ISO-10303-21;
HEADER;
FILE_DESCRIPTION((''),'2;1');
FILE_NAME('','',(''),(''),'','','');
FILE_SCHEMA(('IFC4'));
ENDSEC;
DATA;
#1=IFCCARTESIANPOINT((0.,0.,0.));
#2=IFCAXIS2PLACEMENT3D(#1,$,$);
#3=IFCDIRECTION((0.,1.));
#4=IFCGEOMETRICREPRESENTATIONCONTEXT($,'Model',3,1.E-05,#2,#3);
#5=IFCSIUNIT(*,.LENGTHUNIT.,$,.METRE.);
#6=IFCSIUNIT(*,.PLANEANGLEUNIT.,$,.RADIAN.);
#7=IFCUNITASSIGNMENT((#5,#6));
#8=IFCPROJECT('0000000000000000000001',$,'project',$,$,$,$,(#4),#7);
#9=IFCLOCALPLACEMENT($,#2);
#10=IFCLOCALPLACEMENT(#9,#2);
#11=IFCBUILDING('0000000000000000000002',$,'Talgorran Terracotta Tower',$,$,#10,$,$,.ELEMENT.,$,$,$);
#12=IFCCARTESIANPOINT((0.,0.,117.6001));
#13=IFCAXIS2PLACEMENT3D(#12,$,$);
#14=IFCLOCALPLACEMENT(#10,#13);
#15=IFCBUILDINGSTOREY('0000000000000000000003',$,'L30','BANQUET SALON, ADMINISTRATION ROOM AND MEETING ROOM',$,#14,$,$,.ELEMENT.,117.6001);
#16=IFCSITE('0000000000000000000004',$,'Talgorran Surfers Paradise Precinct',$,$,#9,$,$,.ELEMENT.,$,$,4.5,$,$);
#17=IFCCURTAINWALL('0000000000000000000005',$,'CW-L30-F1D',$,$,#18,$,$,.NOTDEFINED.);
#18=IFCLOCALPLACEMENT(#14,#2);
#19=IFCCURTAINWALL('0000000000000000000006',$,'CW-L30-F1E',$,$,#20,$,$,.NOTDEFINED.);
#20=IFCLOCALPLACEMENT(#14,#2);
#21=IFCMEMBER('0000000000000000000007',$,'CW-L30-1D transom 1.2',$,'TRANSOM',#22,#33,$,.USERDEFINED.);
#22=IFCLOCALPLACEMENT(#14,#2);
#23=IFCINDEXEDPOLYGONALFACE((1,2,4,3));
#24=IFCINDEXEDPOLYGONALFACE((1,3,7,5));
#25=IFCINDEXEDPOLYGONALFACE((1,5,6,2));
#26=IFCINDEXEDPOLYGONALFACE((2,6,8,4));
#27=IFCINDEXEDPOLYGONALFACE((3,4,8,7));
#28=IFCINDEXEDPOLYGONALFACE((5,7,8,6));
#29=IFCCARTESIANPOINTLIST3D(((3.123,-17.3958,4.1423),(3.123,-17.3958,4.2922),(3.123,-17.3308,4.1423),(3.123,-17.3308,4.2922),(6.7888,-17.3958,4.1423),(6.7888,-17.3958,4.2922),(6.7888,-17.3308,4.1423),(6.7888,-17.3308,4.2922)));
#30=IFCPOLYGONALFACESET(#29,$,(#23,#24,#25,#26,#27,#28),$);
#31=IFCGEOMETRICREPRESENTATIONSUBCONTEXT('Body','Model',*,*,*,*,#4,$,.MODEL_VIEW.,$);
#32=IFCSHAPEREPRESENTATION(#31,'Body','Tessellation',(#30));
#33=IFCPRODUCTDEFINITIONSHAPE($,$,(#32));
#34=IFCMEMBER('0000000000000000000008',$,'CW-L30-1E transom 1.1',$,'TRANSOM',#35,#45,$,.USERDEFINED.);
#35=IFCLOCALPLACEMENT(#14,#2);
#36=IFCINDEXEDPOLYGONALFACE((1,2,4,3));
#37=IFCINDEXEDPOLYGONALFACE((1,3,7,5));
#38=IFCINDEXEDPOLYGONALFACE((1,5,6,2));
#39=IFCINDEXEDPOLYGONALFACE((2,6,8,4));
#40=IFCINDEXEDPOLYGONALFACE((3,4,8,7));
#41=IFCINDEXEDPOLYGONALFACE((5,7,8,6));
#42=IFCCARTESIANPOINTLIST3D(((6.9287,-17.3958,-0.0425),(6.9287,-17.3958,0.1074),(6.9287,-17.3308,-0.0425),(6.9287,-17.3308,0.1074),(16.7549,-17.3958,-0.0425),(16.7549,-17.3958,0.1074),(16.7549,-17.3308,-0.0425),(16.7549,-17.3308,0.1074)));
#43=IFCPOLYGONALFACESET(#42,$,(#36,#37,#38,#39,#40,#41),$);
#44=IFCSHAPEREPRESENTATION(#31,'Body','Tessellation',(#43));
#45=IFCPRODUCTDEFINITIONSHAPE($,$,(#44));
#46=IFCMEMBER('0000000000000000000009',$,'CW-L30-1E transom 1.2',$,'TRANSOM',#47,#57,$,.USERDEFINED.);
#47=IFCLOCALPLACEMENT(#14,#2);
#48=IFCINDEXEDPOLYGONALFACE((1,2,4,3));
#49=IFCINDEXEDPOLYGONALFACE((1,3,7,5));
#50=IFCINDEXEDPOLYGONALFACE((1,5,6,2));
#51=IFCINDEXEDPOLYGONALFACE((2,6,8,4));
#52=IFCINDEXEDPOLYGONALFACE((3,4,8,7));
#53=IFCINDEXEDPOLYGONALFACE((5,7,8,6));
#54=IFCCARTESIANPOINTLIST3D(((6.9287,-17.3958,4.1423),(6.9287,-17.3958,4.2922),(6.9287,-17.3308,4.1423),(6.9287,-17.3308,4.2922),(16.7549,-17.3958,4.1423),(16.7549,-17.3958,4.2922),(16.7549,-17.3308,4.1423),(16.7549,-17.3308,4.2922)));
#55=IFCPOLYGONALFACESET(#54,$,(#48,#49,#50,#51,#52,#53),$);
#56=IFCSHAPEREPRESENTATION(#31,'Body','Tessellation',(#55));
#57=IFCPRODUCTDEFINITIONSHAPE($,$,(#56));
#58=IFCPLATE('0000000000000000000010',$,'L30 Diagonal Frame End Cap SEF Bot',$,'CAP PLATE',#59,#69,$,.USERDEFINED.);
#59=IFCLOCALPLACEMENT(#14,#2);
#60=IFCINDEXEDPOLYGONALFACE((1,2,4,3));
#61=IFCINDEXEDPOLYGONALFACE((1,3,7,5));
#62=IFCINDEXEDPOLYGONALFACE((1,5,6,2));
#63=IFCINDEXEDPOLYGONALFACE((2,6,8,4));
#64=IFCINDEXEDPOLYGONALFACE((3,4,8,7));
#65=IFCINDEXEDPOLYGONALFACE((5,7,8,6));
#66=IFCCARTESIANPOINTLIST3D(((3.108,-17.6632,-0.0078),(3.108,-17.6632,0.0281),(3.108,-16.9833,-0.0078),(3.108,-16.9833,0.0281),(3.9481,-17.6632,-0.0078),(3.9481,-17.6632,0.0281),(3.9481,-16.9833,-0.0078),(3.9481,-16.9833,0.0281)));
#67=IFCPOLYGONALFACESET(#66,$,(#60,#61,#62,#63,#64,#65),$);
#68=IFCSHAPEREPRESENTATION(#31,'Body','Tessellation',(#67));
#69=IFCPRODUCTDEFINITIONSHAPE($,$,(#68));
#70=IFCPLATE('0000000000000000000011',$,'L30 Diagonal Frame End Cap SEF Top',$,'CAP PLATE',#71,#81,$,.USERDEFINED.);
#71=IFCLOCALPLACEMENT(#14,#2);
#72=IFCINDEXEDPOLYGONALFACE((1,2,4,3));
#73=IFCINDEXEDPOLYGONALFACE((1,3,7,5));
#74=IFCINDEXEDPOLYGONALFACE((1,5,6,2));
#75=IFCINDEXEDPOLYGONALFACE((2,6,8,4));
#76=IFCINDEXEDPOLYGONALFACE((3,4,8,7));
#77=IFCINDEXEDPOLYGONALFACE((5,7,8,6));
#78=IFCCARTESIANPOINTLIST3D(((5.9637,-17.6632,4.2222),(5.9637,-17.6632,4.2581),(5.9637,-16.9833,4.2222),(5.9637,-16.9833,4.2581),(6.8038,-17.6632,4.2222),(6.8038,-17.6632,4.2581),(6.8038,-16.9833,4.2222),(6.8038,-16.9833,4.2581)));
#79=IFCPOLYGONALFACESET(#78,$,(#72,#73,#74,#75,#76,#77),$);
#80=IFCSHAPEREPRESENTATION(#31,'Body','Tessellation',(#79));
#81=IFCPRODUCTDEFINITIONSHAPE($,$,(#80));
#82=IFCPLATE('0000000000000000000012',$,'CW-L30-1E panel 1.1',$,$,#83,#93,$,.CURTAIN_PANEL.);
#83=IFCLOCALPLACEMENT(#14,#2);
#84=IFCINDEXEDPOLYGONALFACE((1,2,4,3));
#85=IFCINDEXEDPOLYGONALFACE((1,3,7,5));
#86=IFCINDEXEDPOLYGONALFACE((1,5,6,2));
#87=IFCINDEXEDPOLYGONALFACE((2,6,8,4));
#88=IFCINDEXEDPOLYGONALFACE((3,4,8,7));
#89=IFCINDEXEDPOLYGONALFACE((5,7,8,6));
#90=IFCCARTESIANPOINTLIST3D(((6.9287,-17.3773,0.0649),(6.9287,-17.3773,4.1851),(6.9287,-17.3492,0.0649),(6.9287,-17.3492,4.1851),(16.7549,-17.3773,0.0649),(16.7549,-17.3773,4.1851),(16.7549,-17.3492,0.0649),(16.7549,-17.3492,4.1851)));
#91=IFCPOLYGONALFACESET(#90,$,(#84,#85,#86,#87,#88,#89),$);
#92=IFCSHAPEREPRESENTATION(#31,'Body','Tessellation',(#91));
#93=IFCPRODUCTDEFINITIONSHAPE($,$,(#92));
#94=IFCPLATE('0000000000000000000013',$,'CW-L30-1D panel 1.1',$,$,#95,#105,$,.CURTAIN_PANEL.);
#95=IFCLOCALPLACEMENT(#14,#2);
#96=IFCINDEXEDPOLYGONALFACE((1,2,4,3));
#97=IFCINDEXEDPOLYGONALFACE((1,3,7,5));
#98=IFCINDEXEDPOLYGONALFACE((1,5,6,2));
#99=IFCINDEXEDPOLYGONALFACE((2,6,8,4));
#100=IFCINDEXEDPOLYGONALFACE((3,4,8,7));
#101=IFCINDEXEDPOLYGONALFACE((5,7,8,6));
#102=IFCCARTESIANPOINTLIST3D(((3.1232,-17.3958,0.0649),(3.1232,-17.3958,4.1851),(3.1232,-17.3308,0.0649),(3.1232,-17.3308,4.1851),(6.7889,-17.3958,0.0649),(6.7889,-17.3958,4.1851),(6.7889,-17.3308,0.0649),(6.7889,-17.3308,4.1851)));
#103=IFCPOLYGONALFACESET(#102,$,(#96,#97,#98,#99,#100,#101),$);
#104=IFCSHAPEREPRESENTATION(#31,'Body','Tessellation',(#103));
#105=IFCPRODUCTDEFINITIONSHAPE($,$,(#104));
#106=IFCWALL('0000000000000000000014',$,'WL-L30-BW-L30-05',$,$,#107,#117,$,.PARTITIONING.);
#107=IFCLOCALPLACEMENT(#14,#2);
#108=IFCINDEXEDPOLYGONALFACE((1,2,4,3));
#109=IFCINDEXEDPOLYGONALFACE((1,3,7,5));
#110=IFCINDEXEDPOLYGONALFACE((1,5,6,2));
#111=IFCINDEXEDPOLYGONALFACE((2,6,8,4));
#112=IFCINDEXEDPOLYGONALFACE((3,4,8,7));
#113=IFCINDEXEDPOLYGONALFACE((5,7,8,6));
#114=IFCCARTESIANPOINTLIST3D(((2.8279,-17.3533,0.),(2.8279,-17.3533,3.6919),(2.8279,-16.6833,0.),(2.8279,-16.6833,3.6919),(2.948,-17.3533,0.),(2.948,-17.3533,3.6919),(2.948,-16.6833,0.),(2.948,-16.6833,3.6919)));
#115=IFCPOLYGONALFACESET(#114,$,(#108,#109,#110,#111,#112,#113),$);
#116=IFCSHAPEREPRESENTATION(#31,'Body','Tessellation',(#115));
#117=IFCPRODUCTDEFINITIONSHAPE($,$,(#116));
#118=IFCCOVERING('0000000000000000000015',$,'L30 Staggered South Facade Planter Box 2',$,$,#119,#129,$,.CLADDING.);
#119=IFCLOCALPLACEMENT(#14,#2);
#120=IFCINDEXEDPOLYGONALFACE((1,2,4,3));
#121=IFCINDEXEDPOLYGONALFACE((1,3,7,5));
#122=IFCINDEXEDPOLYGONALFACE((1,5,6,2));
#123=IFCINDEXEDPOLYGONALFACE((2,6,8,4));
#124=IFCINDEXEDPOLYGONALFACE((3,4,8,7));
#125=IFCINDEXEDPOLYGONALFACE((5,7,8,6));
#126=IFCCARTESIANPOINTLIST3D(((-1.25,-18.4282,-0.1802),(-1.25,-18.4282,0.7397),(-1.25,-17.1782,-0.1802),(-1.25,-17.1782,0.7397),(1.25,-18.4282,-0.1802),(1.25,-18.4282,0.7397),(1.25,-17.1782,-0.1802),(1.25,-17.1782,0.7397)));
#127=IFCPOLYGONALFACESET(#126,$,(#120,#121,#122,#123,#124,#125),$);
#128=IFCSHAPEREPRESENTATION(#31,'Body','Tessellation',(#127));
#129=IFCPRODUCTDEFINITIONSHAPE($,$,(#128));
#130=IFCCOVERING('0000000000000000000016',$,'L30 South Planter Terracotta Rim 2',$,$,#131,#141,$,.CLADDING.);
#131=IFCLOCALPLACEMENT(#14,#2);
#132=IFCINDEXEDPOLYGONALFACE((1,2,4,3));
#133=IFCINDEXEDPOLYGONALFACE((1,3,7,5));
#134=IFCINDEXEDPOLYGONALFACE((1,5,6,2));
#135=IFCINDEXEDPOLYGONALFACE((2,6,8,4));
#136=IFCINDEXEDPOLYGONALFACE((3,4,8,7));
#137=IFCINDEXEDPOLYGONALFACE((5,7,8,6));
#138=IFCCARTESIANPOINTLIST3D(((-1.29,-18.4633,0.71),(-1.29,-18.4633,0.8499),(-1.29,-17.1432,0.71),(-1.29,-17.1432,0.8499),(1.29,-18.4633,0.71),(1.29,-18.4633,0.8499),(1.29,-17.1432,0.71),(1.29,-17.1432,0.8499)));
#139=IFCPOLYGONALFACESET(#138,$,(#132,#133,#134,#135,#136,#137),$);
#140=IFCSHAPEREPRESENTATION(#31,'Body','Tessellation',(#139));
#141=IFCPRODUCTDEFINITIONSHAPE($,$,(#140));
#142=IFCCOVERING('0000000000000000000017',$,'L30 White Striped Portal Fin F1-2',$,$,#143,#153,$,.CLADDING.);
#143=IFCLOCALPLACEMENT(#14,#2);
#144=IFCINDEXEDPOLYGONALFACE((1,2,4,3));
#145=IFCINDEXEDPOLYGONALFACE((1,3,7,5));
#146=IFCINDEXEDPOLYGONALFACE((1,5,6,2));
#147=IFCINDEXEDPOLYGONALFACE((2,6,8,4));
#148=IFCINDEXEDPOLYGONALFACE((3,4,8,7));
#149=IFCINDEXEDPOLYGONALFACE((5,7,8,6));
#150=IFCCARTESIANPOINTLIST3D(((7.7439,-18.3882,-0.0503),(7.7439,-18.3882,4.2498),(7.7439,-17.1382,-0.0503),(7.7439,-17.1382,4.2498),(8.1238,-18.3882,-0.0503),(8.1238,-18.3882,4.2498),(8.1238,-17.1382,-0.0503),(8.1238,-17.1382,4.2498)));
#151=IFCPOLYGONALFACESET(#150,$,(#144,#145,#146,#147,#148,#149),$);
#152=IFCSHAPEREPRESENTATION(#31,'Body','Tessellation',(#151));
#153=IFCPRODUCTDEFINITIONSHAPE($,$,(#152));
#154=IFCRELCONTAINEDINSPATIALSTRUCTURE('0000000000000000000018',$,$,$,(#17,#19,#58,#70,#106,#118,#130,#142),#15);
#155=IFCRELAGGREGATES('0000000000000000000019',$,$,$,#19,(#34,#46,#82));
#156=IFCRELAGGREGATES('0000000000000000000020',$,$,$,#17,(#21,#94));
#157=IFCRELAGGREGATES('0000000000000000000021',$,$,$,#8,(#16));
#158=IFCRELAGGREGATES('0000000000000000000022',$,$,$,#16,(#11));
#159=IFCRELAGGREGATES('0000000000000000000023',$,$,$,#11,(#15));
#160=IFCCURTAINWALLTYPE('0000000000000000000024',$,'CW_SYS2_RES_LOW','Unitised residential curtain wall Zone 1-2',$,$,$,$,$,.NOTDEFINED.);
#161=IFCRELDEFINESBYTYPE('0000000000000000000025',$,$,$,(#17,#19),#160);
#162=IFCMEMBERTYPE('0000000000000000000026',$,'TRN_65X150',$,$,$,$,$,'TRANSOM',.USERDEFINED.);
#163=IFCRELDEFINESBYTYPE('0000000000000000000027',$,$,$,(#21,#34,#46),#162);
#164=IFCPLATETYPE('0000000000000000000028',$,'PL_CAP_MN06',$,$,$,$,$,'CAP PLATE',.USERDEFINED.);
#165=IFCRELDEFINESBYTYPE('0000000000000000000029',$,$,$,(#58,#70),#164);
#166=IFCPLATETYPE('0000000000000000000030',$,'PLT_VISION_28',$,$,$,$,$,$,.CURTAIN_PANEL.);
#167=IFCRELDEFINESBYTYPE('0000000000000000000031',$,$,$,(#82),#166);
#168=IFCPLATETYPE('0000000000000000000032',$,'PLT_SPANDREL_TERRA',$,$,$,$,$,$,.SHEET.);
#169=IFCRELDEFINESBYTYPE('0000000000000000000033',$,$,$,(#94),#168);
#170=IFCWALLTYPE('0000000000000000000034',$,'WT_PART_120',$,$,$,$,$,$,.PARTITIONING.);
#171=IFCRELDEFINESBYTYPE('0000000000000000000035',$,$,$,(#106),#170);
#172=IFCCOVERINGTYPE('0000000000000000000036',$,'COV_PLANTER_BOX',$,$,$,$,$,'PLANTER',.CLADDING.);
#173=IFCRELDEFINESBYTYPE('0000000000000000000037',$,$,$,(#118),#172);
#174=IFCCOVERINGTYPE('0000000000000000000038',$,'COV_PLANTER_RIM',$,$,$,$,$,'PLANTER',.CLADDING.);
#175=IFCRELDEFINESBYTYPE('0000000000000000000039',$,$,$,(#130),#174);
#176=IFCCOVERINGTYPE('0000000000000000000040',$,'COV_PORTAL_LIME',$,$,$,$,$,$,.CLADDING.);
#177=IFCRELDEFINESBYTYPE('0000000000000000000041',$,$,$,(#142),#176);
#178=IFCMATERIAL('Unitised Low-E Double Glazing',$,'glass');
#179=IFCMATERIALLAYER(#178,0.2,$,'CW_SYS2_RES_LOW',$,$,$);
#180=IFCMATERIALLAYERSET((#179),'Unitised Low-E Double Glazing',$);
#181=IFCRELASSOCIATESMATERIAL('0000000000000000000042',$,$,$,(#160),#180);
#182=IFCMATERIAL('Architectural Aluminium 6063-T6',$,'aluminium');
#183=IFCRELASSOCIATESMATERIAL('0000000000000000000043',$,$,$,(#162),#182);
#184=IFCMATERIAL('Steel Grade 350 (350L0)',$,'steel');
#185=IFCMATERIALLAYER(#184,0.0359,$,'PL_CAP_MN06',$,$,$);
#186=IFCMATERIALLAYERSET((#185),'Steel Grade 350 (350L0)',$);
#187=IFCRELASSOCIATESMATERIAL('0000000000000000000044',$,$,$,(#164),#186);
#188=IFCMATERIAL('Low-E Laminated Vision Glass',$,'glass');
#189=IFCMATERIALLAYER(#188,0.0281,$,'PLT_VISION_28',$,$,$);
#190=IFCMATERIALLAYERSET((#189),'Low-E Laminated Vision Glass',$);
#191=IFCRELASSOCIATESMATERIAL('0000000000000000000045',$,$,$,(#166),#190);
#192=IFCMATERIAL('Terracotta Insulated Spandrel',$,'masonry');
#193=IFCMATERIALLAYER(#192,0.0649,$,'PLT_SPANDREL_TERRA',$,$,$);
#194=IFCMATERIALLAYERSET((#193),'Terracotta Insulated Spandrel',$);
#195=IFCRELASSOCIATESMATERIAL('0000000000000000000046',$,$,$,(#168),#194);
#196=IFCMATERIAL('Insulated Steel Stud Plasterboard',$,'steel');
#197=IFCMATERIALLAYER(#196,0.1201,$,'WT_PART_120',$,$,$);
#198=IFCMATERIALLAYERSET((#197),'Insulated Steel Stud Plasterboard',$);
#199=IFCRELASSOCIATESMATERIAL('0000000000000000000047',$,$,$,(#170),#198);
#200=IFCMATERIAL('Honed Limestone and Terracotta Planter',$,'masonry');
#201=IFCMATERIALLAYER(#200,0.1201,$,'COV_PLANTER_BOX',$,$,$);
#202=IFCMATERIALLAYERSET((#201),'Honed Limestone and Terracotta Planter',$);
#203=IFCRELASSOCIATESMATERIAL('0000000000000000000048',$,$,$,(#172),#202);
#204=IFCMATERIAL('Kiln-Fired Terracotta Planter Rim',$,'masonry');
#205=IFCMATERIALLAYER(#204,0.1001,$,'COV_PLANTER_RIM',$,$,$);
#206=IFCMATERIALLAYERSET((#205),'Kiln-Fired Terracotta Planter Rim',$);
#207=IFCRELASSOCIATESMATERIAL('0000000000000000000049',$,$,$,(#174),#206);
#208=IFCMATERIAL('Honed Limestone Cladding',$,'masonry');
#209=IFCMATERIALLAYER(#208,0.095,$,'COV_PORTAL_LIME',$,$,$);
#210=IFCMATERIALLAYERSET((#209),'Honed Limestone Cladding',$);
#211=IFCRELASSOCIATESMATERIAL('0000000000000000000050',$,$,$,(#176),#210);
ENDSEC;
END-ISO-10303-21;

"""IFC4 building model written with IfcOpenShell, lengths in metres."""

from ifc_helpers import new_model, si_unit, direction, frame, frame_2d, origin, origin_2d, place, context, subcontext, project, spatial, rectangle, extrude, source, transform, mapped, material, layer, layer_set, material_profile, profile_set, type_object, type_shapes, element, aggregate, save


model = new_model("IFC4")

# Units and contexts
model_context = context("Model", 3, precision=1e-05, world=origin(), true_north=direction((0.0, 1.0)))
body_context = subcontext(model_context, "Body", "Model", "MODEL_VIEW")
ifc_project = project(units=[si_unit("LENGTHUNIT", "METRE"), si_unit("PLANEANGLEUNIT", "RADIAN")], contexts=[model_context])

# Site, building, storey
site_placement = place(None, origin())
site = spatial("IfcSite", under=ifc_project, at=site_placement, Name="Talgorran Surfers Paradise Precinct", CompositionType="ELEMENT", RefElevation=4.5)
building_placement = place(site_placement, origin())
building = spatial("IfcBuilding", under=site, at=building_placement, Name="Talgorran Terracotta Tower", CompositionType="ELEMENT")
storey_placement = place(building_placement, frame((0.0, 0.0, 117.6001)))
storey = spatial("IfcBuildingStorey", under=building, at=storey_placement, Name="L30", Description="BANQUET SALON, ADMINISTRATION ROOM AND MEETING ROOM", CompositionType="ELEMENT", Elevation=117.6001)

# Shared definitions
ifc_material_1 = material(Name="Steel Grade 350 (350L0)", Category="steel")

# Shared definitions
ifc_material_2 = material(Name="Unitised Low-E Double Glazing", Category="glass")
ifc_layer_1 = layer(ifc_material_2, 0.2, Name="CW_SYS2_RES_LOW")
ifc_layer_set_1 = layer_set([ifc_layer_1], Name="Unitised Low-E Double Glazing")
curtain_wall_type = type_object("IfcCurtainWallType", Name="CW_SYS2_RES_LOW", Description="Unitised residential curtain wall Zone 1-2", PredefinedType="NOTDEFINED", material=ifc_layer_set_1)
ifc_material_3 = material(Name="Architectural Aluminium 6063-T6", Category="aluminium")

# Curtain wall
curtain_wall_1_placement = place(storey_placement, origin())
curtain_wall_1 = element("IfcCurtainWall", 1, at=curtain_wall_1_placement, inside=storey, type_object=curtain_wall_type, Name="CW-L30-F1D", PredefinedType="NOTDEFINED")

# Curtain wall
curtain_wall_2_placement = place(storey_placement, origin())
curtain_wall_2 = element("IfcCurtainWall", 2, at=curtain_wall_2_placement, inside=storey, type_object=curtain_wall_type, Name="CW-L30-F1E", PredefinedType="NOTDEFINED")

# Members
ifc_material_profile_1 = material_profile(ifc_material_3, rectangle(XDim=0.0649, YDim=0.1499, at=origin_2d()), Name="CWT65X150")
ifc_profile_set_1 = profile_set([ifc_material_profile_1], Name="Architectural Aluminium 6063-T6")
member_type_1 = type_object("IfcMemberType", Name="TRN_65X150", ElementType="TRANSOM", PredefinedType="USERDEFINED", material=ifc_profile_set_1)
member_1_placement = place(storey_placement, frame((3.123, -17.3633, 4.2173), z_axis=(1.0, 0.0, 0.0), x_axis=(0.0, 1.0, 0.0)))
member_1 = element("IfcMember", 3, at=member_1_placement, type_object=member_type_1, Name="CW-L30-1D transom 1.2", ObjectType="TRANSOM", PredefinedType="USERDEFINED", context=body_context, shape_type="SweptSolid", body=[
    extrude(rectangle(XDim=0.0649, YDim=0.1499, at=origin_2d()), origin(), (0.0, 0.0, 1.0), 3.6658),
])
member_2_placement = place(storey_placement, frame((6.9287, -17.3633, 0.0325), z_axis=(1.0, 0.0, 0.0), x_axis=(0.0, 1.0, 0.0)))
member_2 = element("IfcMember", 4, at=member_2_placement, type_object=member_type_1, Name="CW-L30-1E transom 1.1", ObjectType="TRANSOM", PredefinedType="USERDEFINED", context=body_context, shape_type="SweptSolid", body=[
    extrude(rectangle(XDim=0.0649, YDim=0.1499, at=origin_2d()), origin(), (0.0, 0.0, 1.0), 9.8262),
])
member_3_placement = place(storey_placement, frame((6.9287, -17.3633, 4.2173), z_axis=(1.0, 0.0, 0.0), x_axis=(0.0, 1.0, 0.0)))
member_3 = element("IfcMember", 5, at=member_3_placement, type_object=member_type_1, Name="CW-L30-1E transom 1.2", ObjectType="TRANSOM", PredefinedType="USERDEFINED", context=body_context, shape_type="SweptSolid", body=[
    extrude(rectangle(XDim=0.0649, YDim=0.1499, at=origin_2d()), origin(), (0.0, 0.0, 1.0), 9.8262),
])

# Plates
ifc_layer_2 = layer(ifc_material_1, 0.0359, Name="PL_CAP_MN06")
ifc_layer_set_2 = layer_set([ifc_layer_2], Name="Steel Grade 350 (350L0)")
plate_type_1 = type_object("IfcPlateType", Name="PL_CAP_MN06", ElementType="CAP PLATE", PredefinedType="USERDEFINED", material=ifc_layer_set_2)
for number, where, z_axis, x_axis, name in (
    (6, (3.5281, -17.3232, -0.0078), (0.0, 0.0, 1.0), (1.0, 0.0, 0.0), "L30 Diagonal Frame End Cap SEF Bot"),
    (7, (6.3838, -17.3232, 4.2222), (0.0, 0.0, 1.0), (1.0, 0.0, 0.0), "L30 Diagonal Frame End Cap SEF Top"),
):
    element("IfcPlate", number, at=place(storey_placement, frame(where, z_axis=z_axis, x_axis=x_axis)), inside=storey, type_object=plate_type_1, Name=name, ObjectType="CAP PLATE", PredefinedType="USERDEFINED", context=body_context, shape_type="SweptSolid", body=[
        extrude(rectangle(XDim=0.8401, YDim=0.6799, at=origin_2d()), origin(), (0.0, 0.0, 1.0), 0.0359),
    ])

# Plates
ifc_material_4 = material(Name="Low-E Laminated Vision Glass", Category="glass")
ifc_layer_3 = layer(ifc_material_4, 0.0281, Name="PLT_VISION_28")
ifc_layer_set_3 = layer_set([ifc_layer_3], Name="Low-E Laminated Vision Glass")
plate_type_2 = type_object("IfcPlateType", Name="PLT_VISION_28", PredefinedType="CURTAIN_PANEL", material=ifc_layer_set_3)
shared_shape_1 = source(origin(), body_context, "Body", "SweptSolid", [
    extrude(rectangle(XDim=9.8262, YDim=0.0281, at=origin_2d()), origin(), (0.0, 0.0, 1.0), 4.1201),
])
type_shapes(plate_type_2, [shared_shape_1])
plate_1_placement = place(storey_placement, frame((11.8418, -17.3633, 0.0649), z_axis=(0.0, 0.0, 1.0), x_axis=(1.0, 0.0, 0.0)))
plate_1 = element("IfcPlate", 8, at=plate_1_placement, type_object=plate_type_2, Name="CW-L30-1E panel 1.1", PredefinedType="CURTAIN_PANEL", context=body_context, shape_type="MappedRepresentation", body=[
    mapped(shared_shape_1, transform((0.0, 0.0, 0.0), scale=1.0)),
])
aggregate(curtain_wall_2, [member_2, member_3, plate_1])
ifc_material_5 = material(Name="Terracotta Insulated Spandrel", Category="masonry")
ifc_layer_4 = layer(ifc_material_5, 0.0649, Name="PLT_SPANDREL_TERRA")
ifc_layer_set_4 = layer_set([ifc_layer_4], Name="Terracotta Insulated Spandrel")
plate_type_3 = type_object("IfcPlateType", Name="PLT_SPANDREL_TERRA", PredefinedType="SHEET", material=ifc_layer_set_4)
shared_shape_2 = source(origin(), body_context, "Body", "SweptSolid", [
    extrude(rectangle(XDim=3.6658, YDim=0.0649, at=origin_2d()), origin(), (0.0, 0.0, 1.0), 4.1201),
])
type_shapes(plate_type_3, [shared_shape_2])
plate_2_placement = place(storey_placement, frame((4.9561, -17.3633, 0.0649), z_axis=(0.0, 0.0, 1.0), x_axis=(1.0, 0.0, 0.0)))
plate_2 = element("IfcPlate", 9, at=plate_2_placement, type_object=plate_type_3, Name="CW-L30-1D panel 1.1", PredefinedType="CURTAIN_PANEL", context=body_context, shape_type="MappedRepresentation", body=[
    mapped(shared_shape_2, transform((0.0, 0.0, 0.0), scale=1.0)),
])
aggregate(curtain_wall_1, [member_1, plate_2])

# Wall
ifc_material_6 = material(Name="Insulated Steel Stud Plasterboard", Category="steel")
ifc_layer_5 = layer(ifc_material_6, 0.1201, Name="WT_PART_120")
ifc_layer_set_5 = layer_set([ifc_layer_5], Name="Insulated Steel Stud Plasterboard")
wall_type = type_object("IfcWallType", Name="WT_PART_120", PredefinedType="PARTITIONING", material=ifc_layer_set_5)
wall_placement = place(storey_placement, frame((2.8879, -17.3533, 0.0), z_axis=(0.0, 0.0, 1.0), x_axis=(0.0, 1.0, 0.0)))
element("IfcWall", 10, at=wall_placement, inside=storey, type_object=wall_type, Name="WL-L30-BW-L30-05", PredefinedType="PARTITIONING", context=body_context, shape_type="SweptSolid", body=[
    extrude(rectangle(XDim=0.6699, YDim=0.1201, at=frame_2d((0.335, 0.0))), origin(), (0.0, 0.0, 1.0), 3.6919),
])

# Coverings
ifc_material_7 = material(Name="Honed Limestone and Terracotta Planter", Category="masonry")
ifc_layer_6 = layer(ifc_material_7, 0.1201, Name="COV_PLANTER_BOX")
ifc_layer_set_6 = layer_set([ifc_layer_6], Name="Honed Limestone and Terracotta Planter")
covering_type_1 = type_object("IfcCoveringType", Name="COV_PLANTER_BOX", ElementType="PLANTER", PredefinedType="CLADDING", material=ifc_layer_set_6)
covering_1_placement = place(storey_placement, frame((0.0, -17.8032, -0.1802), z_axis=(0.0, 0.0, 1.0), x_axis=(1.0, 0.0, 0.0)))
element("IfcCovering", 11, at=covering_1_placement, inside=storey, type_object=covering_type_1, Name="L30 Staggered South Facade Planter Box 2", PredefinedType="CLADDING", context=body_context, shape_type="SweptSolid", body=[
    extrude(rectangle(XDim=2.5, YDim=1.25, at=origin_2d()), origin(), (0.0, 0.0, 1.0), 0.9199),
])
ifc_material_8 = material(Name="Kiln-Fired Terracotta Planter Rim", Category="masonry")
ifc_layer_7 = layer(ifc_material_8, 0.1001, Name="COV_PLANTER_RIM")
ifc_layer_set_7 = layer_set([ifc_layer_7], Name="Kiln-Fired Terracotta Planter Rim")
covering_type_2 = type_object("IfcCoveringType", Name="COV_PLANTER_RIM", ElementType="PLANTER", PredefinedType="CLADDING", material=ifc_layer_set_7)
covering_2_placement = place(storey_placement, frame((0.0, -17.8032, 0.71), z_axis=(0.0, 0.0, 1.0), x_axis=(1.0, 0.0, 0.0)))
element("IfcCovering", 12, at=covering_2_placement, inside=storey, type_object=covering_type_2, Name="L30 South Planter Terracotta Rim 2", PredefinedType="CLADDING", context=body_context, shape_type="SweptSolid", body=[
    extrude(rectangle(XDim=2.5801, YDim=1.3201, at=origin_2d()), origin(), (0.0, 0.0, 1.0), 0.1399),
])
ifc_material_9 = material(Name="Honed Limestone Cladding", Category="masonry")
ifc_layer_8 = layer(ifc_material_9, 0.095, Name="COV_PORTAL_LIME")
ifc_layer_set_8 = layer_set([ifc_layer_8], Name="Honed Limestone Cladding")
covering_type_3 = type_object("IfcCoveringType", Name="COV_PORTAL_LIME", PredefinedType="CLADDING", material=ifc_layer_set_8)
covering_3_placement = place(storey_placement, frame((7.9338, -17.7632, -0.0503), z_axis=(0.0, 0.0, 1.0), x_axis=(1.0, 0.0, 0.0)))
element("IfcCovering", 13, at=covering_3_placement, inside=storey, type_object=covering_type_3, Name="L30 White Striped Portal Fin F1-2", PredefinedType="CLADDING", context=body_context, shape_type="SweptSolid", body=[
    extrude(rectangle(XDim=0.3799, YDim=1.25, at=origin_2d()), origin(), (0.0, 0.0, 1.0), 4.3),
])

save(model, "model.ifc")
